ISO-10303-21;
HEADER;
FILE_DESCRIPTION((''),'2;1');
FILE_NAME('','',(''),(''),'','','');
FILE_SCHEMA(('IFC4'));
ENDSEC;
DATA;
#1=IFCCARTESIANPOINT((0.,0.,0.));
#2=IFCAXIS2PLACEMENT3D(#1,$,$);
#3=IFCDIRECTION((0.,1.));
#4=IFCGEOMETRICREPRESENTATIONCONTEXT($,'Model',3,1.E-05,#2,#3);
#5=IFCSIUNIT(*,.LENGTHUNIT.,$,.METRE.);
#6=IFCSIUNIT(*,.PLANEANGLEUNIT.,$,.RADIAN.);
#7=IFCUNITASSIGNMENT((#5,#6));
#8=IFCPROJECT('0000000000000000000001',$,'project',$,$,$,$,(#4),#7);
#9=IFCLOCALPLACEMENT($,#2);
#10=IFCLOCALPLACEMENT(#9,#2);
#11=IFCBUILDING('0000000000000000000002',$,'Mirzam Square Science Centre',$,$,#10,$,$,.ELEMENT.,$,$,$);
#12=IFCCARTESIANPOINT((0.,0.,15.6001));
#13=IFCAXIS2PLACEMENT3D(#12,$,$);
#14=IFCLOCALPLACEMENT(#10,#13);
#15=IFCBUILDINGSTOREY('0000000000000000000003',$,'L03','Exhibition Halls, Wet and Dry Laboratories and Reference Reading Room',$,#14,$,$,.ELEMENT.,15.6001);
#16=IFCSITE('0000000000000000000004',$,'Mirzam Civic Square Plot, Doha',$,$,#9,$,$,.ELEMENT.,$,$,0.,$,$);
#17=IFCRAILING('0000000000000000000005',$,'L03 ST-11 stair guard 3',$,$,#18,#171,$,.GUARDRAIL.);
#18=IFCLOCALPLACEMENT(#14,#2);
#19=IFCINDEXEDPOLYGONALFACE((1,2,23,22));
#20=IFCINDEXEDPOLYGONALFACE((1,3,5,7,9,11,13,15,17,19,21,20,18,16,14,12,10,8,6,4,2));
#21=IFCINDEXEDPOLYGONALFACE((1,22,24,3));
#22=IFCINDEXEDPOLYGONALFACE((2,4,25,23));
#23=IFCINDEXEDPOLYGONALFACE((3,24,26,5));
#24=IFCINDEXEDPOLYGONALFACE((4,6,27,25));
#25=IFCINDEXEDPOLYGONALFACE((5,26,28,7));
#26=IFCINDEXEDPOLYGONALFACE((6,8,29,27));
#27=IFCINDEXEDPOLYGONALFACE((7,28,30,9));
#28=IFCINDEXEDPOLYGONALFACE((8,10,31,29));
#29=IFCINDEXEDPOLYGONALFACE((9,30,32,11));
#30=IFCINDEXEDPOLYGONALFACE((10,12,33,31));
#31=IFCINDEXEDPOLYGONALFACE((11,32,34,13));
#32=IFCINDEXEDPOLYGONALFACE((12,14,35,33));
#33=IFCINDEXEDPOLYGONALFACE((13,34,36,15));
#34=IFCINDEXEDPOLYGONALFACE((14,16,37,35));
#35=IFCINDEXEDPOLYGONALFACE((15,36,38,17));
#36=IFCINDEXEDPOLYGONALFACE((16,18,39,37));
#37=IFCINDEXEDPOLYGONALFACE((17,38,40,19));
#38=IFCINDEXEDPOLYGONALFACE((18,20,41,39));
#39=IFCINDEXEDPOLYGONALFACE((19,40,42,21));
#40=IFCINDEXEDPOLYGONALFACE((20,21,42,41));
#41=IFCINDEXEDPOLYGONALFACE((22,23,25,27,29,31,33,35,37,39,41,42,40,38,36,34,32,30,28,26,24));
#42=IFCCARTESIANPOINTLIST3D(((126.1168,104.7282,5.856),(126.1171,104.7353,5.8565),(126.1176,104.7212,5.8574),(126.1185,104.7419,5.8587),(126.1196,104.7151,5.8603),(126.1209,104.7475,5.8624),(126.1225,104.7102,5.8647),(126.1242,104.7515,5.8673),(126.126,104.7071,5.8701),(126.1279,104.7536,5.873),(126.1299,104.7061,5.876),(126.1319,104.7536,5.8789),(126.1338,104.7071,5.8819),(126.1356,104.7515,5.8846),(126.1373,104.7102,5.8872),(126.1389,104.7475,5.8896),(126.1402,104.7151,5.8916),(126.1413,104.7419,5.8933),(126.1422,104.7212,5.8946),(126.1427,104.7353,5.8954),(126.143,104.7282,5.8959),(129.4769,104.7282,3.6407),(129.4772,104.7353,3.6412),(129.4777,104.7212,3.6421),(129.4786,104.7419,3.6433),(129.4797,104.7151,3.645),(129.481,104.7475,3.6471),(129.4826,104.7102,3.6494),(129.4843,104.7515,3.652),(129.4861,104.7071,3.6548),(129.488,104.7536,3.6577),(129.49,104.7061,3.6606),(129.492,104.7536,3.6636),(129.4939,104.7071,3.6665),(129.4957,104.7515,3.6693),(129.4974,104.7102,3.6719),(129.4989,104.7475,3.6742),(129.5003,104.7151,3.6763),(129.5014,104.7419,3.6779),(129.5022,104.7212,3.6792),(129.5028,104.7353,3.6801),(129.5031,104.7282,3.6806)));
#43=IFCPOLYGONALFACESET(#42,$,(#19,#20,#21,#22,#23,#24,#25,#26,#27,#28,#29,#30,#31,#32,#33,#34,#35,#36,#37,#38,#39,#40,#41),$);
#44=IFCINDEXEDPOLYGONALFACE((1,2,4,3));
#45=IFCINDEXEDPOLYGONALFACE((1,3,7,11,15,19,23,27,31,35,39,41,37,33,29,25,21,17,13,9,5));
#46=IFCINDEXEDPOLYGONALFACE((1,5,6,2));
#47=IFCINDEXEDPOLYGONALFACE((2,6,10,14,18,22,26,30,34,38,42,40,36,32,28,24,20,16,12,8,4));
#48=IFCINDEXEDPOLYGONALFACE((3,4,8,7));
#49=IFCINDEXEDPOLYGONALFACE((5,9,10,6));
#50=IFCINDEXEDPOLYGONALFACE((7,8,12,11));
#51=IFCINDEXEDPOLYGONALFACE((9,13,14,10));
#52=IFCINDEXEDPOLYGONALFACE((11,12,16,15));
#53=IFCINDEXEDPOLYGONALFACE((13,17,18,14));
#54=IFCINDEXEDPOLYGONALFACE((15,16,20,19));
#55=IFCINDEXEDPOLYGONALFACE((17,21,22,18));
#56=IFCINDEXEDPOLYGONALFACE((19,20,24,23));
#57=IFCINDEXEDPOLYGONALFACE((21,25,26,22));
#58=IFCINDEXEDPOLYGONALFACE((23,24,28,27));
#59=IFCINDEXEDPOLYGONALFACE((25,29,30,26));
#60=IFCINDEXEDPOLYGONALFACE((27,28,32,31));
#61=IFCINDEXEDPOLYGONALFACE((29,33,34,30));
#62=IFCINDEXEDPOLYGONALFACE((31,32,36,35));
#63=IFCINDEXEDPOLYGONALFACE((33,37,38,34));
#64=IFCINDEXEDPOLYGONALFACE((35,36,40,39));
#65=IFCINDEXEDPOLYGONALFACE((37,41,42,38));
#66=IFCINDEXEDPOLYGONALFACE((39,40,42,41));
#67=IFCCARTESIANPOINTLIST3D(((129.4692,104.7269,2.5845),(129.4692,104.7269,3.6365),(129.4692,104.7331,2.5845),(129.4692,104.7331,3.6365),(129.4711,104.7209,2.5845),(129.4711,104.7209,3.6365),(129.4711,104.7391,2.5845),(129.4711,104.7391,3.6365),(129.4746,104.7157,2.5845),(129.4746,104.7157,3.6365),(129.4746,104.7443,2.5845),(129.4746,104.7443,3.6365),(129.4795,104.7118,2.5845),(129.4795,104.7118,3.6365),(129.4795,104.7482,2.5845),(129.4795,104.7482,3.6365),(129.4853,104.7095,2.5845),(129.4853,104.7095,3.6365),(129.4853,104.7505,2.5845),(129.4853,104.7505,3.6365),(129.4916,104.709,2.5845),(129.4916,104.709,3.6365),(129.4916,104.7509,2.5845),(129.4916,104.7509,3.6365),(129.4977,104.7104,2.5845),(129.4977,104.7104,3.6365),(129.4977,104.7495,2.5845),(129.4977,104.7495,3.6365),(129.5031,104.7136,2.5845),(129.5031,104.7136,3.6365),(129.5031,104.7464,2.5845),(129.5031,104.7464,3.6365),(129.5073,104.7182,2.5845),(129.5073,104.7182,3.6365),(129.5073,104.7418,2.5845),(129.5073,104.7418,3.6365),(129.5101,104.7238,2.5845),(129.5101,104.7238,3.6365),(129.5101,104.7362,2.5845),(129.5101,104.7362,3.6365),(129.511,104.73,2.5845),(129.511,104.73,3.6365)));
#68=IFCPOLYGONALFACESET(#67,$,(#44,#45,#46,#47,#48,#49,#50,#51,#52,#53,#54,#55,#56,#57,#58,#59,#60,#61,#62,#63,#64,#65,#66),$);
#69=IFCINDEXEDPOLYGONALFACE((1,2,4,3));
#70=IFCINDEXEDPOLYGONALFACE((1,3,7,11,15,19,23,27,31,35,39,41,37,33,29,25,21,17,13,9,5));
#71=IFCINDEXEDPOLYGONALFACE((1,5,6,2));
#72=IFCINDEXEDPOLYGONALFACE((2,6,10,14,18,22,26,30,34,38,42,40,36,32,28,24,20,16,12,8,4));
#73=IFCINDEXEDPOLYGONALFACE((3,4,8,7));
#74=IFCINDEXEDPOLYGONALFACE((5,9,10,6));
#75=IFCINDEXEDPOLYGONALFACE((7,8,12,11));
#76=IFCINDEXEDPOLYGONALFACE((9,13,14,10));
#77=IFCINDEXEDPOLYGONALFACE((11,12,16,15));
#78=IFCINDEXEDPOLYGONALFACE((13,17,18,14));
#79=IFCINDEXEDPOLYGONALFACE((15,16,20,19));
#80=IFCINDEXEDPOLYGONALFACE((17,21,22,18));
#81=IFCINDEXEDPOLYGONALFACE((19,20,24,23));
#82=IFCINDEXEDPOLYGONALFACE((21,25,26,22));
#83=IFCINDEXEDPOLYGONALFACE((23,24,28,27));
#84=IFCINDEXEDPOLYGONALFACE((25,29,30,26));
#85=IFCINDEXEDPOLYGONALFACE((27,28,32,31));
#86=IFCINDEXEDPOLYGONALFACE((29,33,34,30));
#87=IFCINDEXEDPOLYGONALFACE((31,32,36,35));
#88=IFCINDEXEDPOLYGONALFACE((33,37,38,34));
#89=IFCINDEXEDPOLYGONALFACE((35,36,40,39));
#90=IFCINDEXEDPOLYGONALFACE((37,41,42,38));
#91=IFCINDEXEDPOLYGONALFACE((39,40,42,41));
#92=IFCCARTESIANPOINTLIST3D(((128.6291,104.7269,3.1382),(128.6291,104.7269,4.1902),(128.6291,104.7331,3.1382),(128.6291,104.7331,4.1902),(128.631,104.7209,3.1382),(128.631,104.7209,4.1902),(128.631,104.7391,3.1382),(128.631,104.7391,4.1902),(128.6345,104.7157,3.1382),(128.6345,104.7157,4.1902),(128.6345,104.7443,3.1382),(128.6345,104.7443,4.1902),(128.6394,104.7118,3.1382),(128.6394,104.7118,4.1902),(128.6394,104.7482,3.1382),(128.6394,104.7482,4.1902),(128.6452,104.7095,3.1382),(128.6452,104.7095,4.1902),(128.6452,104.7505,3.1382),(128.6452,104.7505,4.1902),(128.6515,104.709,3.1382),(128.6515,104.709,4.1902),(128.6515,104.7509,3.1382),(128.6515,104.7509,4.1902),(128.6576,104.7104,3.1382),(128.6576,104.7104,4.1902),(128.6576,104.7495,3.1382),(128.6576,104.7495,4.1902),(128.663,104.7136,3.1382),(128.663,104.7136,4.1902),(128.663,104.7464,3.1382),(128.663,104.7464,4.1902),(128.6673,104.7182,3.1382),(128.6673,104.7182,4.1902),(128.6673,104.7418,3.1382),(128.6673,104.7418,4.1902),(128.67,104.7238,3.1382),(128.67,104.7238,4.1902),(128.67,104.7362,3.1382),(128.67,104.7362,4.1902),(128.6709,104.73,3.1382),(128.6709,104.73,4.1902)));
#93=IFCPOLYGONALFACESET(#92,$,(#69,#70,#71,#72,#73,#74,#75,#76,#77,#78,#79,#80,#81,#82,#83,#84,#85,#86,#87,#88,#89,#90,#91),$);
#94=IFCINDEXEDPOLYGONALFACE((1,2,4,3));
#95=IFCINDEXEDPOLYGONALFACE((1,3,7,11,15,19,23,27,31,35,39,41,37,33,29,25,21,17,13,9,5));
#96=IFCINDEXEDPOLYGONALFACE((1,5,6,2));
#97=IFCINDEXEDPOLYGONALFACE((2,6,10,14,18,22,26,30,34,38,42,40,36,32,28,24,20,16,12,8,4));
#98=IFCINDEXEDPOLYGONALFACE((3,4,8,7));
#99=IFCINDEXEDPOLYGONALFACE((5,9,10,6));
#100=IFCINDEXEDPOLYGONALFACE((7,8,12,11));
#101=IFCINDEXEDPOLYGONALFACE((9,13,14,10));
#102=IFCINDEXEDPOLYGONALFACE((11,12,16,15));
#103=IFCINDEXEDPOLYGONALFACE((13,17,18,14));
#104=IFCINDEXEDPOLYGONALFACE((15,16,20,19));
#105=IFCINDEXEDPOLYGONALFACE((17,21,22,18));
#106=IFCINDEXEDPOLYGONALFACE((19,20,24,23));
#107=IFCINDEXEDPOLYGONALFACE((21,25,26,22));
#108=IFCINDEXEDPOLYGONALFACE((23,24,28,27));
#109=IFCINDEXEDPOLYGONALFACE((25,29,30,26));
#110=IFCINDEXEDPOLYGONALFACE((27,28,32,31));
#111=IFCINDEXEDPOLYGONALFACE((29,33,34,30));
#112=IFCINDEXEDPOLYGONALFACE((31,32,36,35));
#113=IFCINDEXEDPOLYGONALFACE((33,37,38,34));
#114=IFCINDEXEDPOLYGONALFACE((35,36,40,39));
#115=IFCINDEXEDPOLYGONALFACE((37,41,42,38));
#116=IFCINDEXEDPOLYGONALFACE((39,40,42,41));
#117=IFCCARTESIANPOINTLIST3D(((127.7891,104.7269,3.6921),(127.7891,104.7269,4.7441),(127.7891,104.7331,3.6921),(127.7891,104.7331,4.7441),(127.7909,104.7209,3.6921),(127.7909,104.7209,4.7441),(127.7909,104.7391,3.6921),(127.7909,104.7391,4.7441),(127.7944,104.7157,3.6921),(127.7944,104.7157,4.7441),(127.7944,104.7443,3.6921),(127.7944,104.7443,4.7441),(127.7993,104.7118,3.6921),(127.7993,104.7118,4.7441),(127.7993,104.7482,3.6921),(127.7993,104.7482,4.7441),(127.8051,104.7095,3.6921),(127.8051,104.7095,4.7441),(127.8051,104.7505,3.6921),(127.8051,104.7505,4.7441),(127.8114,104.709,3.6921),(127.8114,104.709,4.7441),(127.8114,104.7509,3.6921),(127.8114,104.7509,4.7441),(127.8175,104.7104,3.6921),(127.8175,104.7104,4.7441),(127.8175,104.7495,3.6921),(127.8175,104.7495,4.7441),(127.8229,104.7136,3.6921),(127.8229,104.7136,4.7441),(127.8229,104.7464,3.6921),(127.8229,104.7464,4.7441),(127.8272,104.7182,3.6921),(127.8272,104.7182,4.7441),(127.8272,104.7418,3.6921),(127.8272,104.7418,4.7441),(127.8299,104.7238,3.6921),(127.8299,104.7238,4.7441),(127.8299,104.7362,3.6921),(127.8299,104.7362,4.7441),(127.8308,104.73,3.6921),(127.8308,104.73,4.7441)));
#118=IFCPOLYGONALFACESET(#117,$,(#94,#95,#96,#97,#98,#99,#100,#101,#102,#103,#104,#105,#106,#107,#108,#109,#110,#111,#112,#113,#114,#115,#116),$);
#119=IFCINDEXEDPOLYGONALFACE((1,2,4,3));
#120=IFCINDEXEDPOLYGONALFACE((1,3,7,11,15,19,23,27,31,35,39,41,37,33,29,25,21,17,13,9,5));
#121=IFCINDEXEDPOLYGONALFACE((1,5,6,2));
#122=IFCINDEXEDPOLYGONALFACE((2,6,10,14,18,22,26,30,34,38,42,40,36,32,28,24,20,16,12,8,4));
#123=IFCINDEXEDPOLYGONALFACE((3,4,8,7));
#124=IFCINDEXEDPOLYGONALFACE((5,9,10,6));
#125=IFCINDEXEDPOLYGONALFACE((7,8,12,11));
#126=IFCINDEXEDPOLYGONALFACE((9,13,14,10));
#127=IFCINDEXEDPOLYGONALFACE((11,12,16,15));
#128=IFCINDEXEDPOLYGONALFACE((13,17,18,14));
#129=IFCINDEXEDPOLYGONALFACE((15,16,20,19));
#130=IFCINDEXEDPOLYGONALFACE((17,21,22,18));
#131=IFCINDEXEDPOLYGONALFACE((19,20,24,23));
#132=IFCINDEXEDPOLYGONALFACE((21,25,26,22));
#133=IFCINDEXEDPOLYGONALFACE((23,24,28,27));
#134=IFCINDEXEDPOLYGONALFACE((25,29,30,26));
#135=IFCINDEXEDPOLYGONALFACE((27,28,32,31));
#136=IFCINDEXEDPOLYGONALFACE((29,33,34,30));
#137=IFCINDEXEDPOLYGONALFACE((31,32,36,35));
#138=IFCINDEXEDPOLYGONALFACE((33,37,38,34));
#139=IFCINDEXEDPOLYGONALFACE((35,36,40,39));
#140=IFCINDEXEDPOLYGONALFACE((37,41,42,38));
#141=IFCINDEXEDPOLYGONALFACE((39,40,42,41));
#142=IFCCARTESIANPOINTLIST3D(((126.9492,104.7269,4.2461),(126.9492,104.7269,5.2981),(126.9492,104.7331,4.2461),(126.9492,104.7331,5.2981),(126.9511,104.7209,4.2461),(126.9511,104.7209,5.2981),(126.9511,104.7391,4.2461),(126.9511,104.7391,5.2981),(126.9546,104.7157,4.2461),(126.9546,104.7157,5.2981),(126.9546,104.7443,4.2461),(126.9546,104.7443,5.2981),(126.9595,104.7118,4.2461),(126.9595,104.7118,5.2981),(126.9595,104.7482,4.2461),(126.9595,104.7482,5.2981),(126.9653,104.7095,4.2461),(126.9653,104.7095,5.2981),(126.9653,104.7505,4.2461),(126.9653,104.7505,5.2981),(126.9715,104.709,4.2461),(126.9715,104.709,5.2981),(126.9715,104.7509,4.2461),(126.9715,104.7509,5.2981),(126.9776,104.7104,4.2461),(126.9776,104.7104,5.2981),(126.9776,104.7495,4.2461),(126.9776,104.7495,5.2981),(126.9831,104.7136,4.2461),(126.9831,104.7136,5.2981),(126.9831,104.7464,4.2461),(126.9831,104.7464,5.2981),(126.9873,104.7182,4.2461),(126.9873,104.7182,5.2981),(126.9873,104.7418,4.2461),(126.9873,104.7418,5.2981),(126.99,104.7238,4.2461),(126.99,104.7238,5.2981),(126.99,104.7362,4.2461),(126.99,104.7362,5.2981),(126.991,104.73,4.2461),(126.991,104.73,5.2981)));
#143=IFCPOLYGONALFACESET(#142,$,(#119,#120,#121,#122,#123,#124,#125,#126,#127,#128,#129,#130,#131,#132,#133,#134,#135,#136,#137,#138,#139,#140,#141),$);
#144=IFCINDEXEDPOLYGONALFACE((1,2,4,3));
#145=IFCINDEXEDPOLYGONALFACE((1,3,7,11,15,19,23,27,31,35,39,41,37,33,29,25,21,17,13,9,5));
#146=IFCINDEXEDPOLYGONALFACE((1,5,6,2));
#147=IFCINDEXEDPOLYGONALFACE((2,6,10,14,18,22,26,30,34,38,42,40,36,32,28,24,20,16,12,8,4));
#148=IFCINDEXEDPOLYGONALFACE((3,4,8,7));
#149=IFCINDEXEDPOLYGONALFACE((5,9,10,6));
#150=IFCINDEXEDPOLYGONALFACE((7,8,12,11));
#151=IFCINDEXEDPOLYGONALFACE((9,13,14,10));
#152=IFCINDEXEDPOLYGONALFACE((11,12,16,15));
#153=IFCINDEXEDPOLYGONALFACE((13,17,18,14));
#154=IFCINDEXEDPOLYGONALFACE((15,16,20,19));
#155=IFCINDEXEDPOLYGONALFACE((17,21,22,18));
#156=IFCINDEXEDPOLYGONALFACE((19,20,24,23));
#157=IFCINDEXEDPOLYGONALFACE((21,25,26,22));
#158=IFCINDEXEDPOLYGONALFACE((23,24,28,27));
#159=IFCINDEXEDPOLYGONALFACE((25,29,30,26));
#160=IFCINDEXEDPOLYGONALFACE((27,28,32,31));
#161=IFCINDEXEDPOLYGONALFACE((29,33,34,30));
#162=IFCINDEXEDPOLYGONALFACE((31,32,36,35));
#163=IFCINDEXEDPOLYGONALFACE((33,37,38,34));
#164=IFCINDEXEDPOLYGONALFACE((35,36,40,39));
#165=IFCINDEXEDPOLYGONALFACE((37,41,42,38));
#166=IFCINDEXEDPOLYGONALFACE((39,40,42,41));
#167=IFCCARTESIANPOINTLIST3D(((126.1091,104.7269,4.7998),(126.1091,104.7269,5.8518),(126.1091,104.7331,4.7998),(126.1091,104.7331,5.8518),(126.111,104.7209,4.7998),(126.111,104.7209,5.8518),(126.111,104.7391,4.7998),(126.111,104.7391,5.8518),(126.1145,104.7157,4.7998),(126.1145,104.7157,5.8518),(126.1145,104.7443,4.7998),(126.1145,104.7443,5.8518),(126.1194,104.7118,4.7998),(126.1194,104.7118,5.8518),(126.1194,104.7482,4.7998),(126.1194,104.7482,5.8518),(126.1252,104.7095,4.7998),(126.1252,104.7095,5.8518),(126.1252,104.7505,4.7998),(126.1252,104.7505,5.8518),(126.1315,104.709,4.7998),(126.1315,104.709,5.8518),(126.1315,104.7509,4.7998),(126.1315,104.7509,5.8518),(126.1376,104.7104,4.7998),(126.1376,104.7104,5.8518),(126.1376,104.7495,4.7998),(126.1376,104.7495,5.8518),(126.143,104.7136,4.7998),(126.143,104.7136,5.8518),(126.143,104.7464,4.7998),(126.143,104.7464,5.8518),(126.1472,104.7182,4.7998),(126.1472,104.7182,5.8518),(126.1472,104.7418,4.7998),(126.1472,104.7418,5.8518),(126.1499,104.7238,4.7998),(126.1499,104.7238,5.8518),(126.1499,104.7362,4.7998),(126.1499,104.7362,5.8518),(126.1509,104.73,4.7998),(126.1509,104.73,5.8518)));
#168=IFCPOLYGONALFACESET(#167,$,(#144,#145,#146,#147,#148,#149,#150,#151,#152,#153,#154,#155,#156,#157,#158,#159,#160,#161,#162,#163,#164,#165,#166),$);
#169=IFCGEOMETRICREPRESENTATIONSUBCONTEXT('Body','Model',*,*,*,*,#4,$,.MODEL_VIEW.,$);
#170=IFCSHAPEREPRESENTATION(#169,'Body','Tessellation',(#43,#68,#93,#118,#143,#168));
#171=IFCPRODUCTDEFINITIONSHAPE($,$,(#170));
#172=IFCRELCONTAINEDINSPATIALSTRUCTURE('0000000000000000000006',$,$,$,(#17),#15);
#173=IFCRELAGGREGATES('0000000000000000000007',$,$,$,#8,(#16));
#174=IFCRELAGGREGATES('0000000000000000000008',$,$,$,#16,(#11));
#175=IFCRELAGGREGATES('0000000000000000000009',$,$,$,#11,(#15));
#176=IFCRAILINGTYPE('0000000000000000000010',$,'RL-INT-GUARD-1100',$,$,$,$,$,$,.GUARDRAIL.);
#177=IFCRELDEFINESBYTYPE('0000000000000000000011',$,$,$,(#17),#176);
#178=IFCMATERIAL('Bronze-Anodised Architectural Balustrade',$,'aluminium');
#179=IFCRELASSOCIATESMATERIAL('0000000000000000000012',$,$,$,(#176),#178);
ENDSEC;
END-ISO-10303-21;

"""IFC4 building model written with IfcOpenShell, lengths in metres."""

from ifc_helpers import new_model, si_unit, direction, frame, origin, origin_2d, place, context, subcontext, project, spatial, circle, extrude, material, type_object, element, save


model = new_model("IFC4")

# Units and contexts
model_context = context("Model", 3, precision=1e-05, world=origin(), true_north=direction((0.0, 1.0)))
body_context = subcontext(model_context, "Body", "Model", "MODEL_VIEW")
ifc_project = project(units=[si_unit("LENGTHUNIT", "METRE"), si_unit("PLANEANGLEUNIT", "RADIAN")], contexts=[model_context])

# Site, building, storey
site_placement = place(None, origin())
site = spatial("IfcSite", under=ifc_project, at=site_placement, Name="Mirzam Civic Square Plot, Doha", CompositionType="ELEMENT", RefElevation=0.0)
building_placement = place(site_placement, origin())
building = spatial("IfcBuilding", under=site, at=building_placement, Name="Mirzam Square Science Centre", CompositionType="ELEMENT")
storey_placement = place(building_placement, frame((0.0, 0.0, 15.6001)))
storey = spatial("IfcBuildingStorey", under=building, at=storey_placement, Name="L03", Description="Exhibition Halls, Wet and Dry Laboratories and Reference Reading Room", CompositionType="ELEMENT", Elevation=15.6001)

# Railing
ifc_material_1 = material(Name="Bronze-Anodised Architectural Balustrade", Category="aluminium")
railing_type_1 = type_object("IfcRailingType", Name="RL-INT-GUARD-1100", PredefinedType="GUARDRAIL", material=ifc_material_1)
railing_1_placement = place(storey_placement, frame((129.49, 104.73, 2.5845)))
element("IfcRailing", 1, at=railing_1_placement, inside=storey, type_object=railing_type_1, Name="L03 ST-11 stair guard 3", PredefinedType="GUARDRAIL", context=body_context, shape_type="SweptSolid", body=[
    extrude(circle(Radius=0.0239, at=origin_2d()), frame((0.0, 0.0, 1.0762), z_axis=(-0.834876, 0.0, 0.550437), x_axis=(0.0, -1.0, 0.0)), (0.0, 0.0, 1.0), 4.0247),
    extrude(circle(Radius=0.021, at=origin_2d()), origin(), (0.0, 0.0, 1.0), 1.052),
    extrude(circle(Radius=0.021, at=origin_2d()), frame((-0.8401, 0.0, 0.5537)), (0.0, 0.0, 1.0), 1.052),
    extrude(circle(Radius=0.021, at=origin_2d()), frame((-1.6802, 0.0, 1.1077)), (0.0, 0.0, 1.0), 1.052),
    extrude(circle(Radius=0.021, at=origin_2d()), frame((-2.52, 0.0, 1.6616)), (0.0, 0.0, 1.0), 1.052),
    extrude(circle(Radius=0.021, at=origin_2d()), frame((-3.3601, 0.0, 2.2153)), (0.0, 0.0, 1.0), 1.052),
])

save(model, "model.ifc")
